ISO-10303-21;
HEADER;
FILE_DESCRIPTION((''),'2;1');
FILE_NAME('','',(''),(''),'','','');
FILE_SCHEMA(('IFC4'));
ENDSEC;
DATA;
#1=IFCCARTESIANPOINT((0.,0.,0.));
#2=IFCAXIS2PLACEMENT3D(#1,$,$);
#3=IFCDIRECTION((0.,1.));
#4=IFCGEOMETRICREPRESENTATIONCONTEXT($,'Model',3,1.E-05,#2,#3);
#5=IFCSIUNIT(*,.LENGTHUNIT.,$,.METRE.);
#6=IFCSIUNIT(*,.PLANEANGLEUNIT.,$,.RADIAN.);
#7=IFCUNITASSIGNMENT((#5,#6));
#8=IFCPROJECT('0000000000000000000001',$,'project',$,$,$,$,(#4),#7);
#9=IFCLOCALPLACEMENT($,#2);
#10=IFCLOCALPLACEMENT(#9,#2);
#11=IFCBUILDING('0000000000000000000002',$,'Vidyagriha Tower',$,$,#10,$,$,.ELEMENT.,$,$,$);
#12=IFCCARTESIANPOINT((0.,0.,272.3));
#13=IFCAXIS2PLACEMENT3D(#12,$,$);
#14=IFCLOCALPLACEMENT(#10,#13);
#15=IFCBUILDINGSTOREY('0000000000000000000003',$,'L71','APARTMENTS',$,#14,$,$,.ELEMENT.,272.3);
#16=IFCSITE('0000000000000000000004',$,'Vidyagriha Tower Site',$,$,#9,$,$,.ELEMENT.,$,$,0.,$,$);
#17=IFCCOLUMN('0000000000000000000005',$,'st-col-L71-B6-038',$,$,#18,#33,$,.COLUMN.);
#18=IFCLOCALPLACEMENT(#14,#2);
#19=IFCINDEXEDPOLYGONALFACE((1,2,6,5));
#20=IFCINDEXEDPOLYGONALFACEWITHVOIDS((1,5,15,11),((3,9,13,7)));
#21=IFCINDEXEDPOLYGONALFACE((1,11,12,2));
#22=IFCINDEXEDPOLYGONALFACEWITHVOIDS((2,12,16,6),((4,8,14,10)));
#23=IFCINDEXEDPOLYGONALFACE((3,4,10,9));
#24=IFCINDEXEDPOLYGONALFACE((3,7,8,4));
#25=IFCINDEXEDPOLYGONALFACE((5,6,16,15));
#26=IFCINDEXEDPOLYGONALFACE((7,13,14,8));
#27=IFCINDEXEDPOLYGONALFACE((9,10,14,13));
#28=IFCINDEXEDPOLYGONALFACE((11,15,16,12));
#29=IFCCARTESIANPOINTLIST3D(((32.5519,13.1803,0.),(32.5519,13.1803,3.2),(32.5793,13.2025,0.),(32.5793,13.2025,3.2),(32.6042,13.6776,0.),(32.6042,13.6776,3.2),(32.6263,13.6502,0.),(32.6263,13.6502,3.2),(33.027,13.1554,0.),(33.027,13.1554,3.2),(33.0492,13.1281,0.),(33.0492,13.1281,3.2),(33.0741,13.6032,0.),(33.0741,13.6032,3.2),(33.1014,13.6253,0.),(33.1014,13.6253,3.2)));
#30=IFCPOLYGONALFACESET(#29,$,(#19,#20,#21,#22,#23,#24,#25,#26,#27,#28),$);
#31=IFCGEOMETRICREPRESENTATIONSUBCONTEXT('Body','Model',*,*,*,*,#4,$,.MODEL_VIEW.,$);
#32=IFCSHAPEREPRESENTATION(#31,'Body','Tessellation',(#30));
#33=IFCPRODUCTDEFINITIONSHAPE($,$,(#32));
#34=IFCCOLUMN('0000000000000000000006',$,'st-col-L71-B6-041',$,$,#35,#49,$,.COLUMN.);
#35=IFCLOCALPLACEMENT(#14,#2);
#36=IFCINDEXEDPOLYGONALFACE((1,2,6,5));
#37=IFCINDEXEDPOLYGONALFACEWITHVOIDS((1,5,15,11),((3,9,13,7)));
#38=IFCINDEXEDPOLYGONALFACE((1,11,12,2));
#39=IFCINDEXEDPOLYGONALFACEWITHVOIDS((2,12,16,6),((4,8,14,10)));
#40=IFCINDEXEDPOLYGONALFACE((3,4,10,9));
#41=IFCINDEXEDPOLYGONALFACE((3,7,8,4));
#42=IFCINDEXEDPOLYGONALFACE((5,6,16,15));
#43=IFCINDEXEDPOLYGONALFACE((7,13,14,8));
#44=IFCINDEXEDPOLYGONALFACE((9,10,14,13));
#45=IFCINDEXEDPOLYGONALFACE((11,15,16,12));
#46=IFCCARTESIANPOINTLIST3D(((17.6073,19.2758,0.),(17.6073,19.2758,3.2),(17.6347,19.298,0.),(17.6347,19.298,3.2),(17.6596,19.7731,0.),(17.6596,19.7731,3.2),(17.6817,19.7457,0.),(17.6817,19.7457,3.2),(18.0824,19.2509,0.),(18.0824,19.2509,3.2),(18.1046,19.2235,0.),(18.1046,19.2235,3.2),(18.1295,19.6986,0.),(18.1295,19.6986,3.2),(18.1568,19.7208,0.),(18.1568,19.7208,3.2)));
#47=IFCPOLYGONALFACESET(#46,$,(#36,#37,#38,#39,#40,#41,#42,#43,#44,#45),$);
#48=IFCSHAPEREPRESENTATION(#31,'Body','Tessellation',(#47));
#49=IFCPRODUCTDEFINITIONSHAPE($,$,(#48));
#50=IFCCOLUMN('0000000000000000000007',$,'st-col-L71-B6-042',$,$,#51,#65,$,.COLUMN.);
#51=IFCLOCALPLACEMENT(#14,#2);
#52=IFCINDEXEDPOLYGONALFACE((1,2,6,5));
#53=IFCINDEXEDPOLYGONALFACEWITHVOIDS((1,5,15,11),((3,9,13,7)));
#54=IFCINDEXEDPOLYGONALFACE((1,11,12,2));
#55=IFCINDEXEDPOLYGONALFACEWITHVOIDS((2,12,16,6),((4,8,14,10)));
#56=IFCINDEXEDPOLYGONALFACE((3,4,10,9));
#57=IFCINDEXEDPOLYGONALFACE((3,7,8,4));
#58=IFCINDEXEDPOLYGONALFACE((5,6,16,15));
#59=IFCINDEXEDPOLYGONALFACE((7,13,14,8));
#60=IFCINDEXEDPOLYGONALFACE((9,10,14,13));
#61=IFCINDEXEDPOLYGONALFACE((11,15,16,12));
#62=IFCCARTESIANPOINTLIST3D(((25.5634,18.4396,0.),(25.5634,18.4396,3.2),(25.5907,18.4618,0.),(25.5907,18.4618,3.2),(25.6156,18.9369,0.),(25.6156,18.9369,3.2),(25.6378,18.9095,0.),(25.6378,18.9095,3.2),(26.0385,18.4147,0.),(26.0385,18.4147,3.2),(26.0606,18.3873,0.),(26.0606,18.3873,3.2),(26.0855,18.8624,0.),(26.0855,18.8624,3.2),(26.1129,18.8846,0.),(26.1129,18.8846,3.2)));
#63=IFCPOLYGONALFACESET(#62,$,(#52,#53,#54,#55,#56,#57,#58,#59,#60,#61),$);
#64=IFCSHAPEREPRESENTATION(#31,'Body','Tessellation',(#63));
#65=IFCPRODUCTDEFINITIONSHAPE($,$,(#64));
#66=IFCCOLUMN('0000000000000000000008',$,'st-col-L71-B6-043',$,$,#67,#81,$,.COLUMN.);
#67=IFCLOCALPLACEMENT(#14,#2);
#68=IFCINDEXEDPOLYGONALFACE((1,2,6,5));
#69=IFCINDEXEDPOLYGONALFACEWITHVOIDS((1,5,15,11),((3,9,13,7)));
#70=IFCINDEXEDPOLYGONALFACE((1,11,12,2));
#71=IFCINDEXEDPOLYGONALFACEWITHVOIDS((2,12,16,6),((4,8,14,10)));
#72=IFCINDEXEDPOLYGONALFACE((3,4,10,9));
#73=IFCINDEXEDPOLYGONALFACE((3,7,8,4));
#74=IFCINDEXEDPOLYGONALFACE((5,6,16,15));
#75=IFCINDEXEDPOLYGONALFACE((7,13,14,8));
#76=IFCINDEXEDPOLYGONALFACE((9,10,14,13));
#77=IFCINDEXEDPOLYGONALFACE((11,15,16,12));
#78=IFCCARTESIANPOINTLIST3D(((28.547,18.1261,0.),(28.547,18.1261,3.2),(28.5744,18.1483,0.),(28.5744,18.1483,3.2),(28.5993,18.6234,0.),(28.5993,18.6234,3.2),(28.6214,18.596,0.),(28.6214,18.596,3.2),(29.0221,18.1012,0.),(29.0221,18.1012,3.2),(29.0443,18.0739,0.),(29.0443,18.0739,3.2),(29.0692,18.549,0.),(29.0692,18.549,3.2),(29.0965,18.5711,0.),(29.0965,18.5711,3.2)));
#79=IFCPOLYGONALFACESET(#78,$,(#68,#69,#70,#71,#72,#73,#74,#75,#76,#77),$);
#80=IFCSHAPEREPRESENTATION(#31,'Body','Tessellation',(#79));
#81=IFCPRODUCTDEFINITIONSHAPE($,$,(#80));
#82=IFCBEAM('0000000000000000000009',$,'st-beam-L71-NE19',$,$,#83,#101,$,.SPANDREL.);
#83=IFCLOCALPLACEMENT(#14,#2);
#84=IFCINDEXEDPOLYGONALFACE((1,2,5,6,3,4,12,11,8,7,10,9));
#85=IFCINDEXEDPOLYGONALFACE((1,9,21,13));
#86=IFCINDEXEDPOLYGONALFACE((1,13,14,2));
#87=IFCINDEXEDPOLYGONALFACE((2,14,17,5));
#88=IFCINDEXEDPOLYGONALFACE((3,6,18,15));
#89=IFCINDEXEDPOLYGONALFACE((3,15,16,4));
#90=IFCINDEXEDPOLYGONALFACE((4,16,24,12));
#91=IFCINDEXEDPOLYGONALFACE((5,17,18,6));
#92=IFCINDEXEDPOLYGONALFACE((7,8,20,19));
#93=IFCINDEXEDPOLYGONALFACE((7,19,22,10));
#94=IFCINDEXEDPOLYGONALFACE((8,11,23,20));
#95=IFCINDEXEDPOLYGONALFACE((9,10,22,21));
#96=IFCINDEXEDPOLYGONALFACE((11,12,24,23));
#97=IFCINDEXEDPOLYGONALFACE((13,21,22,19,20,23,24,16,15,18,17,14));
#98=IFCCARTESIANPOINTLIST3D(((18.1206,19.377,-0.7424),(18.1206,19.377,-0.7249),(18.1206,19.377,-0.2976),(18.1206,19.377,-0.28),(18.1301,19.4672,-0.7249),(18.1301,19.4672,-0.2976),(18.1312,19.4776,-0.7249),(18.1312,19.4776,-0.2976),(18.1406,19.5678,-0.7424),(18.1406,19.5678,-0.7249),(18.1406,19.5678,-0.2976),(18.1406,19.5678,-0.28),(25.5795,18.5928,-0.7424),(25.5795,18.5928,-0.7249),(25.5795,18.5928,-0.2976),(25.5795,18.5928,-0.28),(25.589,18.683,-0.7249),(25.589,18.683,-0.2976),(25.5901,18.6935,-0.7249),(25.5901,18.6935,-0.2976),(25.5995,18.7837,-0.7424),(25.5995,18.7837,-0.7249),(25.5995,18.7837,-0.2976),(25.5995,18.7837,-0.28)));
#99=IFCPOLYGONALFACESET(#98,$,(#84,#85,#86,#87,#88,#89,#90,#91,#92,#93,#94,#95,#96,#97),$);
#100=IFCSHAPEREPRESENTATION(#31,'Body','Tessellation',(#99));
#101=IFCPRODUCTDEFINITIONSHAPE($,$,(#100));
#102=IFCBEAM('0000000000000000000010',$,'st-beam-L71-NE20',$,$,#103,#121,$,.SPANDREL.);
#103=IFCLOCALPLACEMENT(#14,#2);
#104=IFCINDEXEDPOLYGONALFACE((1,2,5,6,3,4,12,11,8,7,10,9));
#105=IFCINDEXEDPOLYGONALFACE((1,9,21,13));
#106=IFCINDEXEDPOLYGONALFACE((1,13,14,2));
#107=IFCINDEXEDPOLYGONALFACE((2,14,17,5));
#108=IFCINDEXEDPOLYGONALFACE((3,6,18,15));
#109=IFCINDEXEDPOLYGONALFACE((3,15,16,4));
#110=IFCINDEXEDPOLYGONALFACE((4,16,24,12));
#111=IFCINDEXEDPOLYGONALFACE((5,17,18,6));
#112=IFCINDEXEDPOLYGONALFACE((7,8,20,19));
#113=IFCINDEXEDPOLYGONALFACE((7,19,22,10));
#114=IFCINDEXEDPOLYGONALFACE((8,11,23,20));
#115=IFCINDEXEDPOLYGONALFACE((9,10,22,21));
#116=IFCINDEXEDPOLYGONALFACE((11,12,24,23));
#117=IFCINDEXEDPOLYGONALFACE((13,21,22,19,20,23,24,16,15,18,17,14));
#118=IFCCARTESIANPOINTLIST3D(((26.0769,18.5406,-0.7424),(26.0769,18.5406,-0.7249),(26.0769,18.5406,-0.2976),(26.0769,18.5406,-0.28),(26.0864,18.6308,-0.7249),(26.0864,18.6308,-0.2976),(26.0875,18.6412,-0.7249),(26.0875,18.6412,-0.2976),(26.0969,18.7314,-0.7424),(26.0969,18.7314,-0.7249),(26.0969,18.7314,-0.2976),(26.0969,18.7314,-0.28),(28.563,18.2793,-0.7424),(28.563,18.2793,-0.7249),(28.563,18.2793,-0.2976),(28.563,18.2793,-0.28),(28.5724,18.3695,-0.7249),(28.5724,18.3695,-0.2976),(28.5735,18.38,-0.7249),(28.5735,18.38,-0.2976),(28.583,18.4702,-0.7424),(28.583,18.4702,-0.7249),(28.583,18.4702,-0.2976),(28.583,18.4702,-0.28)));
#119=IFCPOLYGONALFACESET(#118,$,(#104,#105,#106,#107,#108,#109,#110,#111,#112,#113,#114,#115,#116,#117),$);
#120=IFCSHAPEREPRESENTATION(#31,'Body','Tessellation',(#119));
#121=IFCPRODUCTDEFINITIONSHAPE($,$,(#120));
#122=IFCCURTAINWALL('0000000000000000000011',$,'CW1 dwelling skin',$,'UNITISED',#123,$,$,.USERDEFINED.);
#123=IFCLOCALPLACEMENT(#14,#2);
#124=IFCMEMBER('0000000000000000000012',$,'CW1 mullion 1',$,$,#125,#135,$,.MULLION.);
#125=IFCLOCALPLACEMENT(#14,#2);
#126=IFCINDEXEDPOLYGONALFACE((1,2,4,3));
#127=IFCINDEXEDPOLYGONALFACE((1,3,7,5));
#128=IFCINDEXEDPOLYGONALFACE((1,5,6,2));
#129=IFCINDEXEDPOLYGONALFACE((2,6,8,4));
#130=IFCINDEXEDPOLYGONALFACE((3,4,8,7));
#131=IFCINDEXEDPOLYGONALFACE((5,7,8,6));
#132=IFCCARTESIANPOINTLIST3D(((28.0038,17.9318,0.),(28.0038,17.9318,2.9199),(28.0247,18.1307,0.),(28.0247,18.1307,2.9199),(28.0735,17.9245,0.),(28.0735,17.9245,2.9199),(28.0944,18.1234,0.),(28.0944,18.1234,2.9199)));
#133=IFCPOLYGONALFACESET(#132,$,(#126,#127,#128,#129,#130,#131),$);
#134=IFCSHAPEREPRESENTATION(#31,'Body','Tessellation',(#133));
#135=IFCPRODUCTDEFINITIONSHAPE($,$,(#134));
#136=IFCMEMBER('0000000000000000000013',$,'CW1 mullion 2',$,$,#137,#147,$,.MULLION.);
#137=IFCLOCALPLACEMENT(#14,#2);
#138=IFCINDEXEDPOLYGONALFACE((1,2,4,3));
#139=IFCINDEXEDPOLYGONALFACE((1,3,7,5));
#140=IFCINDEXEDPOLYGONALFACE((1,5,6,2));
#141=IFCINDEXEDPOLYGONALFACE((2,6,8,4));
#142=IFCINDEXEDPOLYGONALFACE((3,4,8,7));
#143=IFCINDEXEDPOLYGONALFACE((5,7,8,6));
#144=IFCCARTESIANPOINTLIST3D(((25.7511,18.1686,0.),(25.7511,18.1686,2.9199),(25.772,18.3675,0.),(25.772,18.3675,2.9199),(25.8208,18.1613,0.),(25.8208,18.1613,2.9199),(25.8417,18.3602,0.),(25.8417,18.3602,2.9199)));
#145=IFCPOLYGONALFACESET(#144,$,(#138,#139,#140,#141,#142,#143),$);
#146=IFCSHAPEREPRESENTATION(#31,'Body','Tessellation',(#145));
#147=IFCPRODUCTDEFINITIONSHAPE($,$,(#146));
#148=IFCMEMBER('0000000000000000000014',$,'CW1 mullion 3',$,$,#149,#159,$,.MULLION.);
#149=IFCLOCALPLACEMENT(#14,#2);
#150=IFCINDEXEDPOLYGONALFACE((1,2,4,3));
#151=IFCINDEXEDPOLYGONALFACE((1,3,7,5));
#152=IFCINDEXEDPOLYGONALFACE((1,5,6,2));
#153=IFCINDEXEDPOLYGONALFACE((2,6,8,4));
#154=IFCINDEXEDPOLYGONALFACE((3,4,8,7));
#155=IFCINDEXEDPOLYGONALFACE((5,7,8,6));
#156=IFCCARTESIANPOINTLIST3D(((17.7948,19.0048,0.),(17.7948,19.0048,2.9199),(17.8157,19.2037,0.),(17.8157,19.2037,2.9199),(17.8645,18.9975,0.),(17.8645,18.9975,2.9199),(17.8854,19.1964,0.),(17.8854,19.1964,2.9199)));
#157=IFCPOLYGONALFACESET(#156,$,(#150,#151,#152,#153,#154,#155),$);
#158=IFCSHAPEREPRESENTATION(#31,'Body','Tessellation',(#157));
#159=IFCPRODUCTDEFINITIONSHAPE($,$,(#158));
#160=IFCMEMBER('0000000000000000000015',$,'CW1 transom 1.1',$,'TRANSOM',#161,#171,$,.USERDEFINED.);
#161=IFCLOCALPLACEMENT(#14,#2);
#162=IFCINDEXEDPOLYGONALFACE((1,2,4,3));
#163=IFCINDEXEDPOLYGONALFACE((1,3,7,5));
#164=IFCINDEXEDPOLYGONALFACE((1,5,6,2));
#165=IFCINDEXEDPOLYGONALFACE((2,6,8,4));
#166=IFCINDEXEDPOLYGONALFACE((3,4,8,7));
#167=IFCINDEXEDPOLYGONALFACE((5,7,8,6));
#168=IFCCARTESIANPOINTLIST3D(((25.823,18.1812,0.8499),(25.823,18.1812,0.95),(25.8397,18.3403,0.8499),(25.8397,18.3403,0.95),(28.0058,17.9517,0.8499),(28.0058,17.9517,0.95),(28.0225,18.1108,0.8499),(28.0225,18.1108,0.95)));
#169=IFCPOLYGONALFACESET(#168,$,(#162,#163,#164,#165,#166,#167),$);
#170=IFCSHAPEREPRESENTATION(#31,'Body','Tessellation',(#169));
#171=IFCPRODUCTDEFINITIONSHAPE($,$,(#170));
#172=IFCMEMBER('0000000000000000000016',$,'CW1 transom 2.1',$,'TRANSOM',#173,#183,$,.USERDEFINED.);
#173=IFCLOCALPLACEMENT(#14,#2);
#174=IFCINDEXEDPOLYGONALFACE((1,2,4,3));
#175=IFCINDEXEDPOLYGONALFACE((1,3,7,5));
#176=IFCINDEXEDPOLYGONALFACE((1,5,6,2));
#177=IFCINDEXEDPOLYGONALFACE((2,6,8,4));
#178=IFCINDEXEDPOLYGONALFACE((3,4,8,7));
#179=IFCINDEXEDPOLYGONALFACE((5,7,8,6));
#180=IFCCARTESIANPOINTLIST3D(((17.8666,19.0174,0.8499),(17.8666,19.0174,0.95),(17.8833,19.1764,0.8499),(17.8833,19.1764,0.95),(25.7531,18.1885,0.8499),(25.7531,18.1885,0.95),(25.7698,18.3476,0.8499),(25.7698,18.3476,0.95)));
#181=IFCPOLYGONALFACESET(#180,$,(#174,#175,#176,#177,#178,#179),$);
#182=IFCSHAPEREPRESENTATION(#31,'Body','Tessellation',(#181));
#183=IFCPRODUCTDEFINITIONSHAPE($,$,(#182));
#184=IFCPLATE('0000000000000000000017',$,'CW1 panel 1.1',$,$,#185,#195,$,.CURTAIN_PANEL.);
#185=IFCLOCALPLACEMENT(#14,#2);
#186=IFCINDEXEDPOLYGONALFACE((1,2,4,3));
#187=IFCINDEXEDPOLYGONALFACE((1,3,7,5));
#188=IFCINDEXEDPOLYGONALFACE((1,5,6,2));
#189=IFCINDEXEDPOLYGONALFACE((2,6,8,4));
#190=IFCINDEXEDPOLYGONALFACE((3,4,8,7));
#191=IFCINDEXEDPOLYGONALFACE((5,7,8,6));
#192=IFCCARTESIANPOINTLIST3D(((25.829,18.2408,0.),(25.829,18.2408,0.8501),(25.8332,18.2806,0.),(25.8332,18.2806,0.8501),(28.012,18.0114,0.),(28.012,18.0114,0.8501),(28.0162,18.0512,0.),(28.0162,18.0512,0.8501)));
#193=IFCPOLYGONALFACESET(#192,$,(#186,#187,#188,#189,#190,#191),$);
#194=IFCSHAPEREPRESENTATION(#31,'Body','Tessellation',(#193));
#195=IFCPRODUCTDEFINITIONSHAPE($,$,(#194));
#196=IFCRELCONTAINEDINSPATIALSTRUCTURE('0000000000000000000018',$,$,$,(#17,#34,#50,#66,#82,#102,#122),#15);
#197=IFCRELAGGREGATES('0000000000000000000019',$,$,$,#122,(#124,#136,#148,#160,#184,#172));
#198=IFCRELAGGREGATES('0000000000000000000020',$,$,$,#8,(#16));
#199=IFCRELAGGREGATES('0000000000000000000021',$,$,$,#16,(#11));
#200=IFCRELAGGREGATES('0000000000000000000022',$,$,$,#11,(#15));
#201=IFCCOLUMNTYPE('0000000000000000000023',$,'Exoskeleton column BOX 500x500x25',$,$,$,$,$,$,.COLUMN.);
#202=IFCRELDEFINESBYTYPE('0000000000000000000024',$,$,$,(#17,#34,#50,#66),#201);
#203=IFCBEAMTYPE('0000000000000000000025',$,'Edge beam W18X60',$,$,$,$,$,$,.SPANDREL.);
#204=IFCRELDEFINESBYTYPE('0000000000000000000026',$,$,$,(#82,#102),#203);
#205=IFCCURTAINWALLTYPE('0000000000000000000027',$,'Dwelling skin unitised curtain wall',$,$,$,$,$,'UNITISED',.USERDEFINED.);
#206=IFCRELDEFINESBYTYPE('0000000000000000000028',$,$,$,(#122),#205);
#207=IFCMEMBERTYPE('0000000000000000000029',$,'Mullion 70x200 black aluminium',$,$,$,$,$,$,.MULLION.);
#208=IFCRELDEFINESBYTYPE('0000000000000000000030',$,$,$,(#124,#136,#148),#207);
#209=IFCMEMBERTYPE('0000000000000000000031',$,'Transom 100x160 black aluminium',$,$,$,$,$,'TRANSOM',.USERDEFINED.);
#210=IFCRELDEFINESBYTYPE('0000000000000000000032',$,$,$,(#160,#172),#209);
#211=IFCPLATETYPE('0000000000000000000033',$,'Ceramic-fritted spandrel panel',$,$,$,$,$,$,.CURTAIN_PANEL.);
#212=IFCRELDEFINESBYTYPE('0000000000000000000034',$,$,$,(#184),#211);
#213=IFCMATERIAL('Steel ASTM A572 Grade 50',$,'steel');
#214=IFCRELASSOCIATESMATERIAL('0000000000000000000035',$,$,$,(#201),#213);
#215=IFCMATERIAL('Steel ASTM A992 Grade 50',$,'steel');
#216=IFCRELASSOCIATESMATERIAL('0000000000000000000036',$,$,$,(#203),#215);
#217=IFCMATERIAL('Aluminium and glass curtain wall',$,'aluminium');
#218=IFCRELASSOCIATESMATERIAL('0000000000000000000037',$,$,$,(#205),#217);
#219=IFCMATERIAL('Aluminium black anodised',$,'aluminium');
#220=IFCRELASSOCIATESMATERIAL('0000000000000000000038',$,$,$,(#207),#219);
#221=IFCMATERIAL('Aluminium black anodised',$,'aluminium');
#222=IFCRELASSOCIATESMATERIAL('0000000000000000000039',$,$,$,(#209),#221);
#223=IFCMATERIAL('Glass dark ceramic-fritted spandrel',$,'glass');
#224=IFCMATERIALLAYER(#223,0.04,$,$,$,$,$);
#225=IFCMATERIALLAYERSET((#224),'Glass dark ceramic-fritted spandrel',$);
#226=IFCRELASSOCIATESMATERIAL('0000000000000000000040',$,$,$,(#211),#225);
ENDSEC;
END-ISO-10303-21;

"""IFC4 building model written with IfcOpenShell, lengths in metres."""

from ifc_helpers import new_model, si_unit, direction, frame, origin, origin_2d, place, context, subcontext, project, spatial, rectangle, hollow_rectangle, i_section, extrude, material, layer, layer_set, material_profile, profile_set, type_object, element, aggregate, save


model = new_model("IFC4")

# Units and contexts
model_context = context("Model", 3, precision=1e-05, world=origin(), true_north=direction((0.0, 1.0)))
body_context = subcontext(model_context, "Body", "Model", "MODEL_VIEW")
ifc_project = project(units=[si_unit("LENGTHUNIT", "METRE"), si_unit("PLANEANGLEUNIT", "RADIAN")], contexts=[model_context])

# Site, building, storey
site_placement = place(None, origin())
site = spatial("IfcSite", under=ifc_project, at=site_placement, Name="Vidyagriha Tower Site", CompositionType="ELEMENT", RefElevation=0.0)
building_placement = place(site_placement, origin())
building = spatial("IfcBuilding", under=site, at=building_placement, Name="Vidyagriha Tower", CompositionType="ELEMENT")
storey_placement = place(building_placement, frame((0.0, 0.0, 272.3)))
storey = spatial("IfcBuildingStorey", under=building, at=storey_placement, Name="L71", Description="APARTMENTS", CompositionType="ELEMENT", Elevation=272.3)

# Columns
ifc_material_1 = material(Name="Steel ASTM A572 Grade 50", Category="steel")
ifc_material_profile_1 = material_profile(ifc_material_1, hollow_rectangle(XDim=0.5, YDim=0.5, WallThickness=0.0249, at=origin_2d()), Name="BOX 500x500x25")
ifc_profile_set_1 = profile_set([ifc_material_profile_1], Name="Steel ASTM A572 Grade 50")
column_type = type_object("IfcColumnType", Name="Exoskeleton column BOX 500x500x25", PredefinedType="COLUMN", material=ifc_profile_set_1)
for number, where, z_axis, x_axis, name in (
    (1, (32.8267, 13.4028, 0.0), (0.0, 0.0, 1.0), (0.994522, -0.104528, 0.0), "st-col-L71-B6-038"),
    (2, (17.8821, 19.4983, 0.0), (0.0, 0.0, 1.0), (0.994522, -0.104528, 0.0), "st-col-L71-B6-041"),
    (3, (25.8381, 18.6621, 0.0), (0.0, 0.0, 1.0), (0.994522, -0.104528, 0.0), "st-col-L71-B6-042"),
    (4, (28.8218, 18.3486, 0.0), (0.0, 0.0, 1.0), (0.994522, -0.104528, 0.0), "st-col-L71-B6-043"),
):
    element("IfcColumn", number, at=place(storey_placement, frame(where, z_axis=z_axis, x_axis=x_axis)), inside=storey, type_object=column_type, Name=name, PredefinedType="COLUMN", context=body_context, shape_type="SweptSolid", body=[
        extrude(hollow_rectangle(XDim=0.5, YDim=0.5, WallThickness=0.0249, at=origin_2d()), origin(), (0.0, 0.0, 1.0), 3.2),
    ])

# Beams
ifc_material_2 = material(Name="Steel ASTM A992 Grade 50", Category="steel")
ifc_material_profile_2 = material_profile(ifc_material_2, i_section(OverallWidth=0.1919, OverallDepth=0.4624, WebThickness=0.0105, FlangeThickness=0.0176, at=origin_2d()), Name="W18X60")
ifc_profile_set_2 = profile_set([ifc_material_profile_2], Name="Steel ASTM A992 Grade 50")
beam_type = type_object("IfcBeamType", Name="Edge beam W18X60", PredefinedType="SPANDREL", material=ifc_profile_set_2)
beam_1_placement = place(storey_placement, frame((18.1306, 19.4724, -0.5112), z_axis=(0.994519, -0.104556, 0.0), x_axis=(0.104556, 0.994519, 0.0)))
element("IfcBeam", 5, at=beam_1_placement, inside=storey, type_object=beam_type, Name="st-beam-L71-NE19", PredefinedType="SPANDREL", context=body_context, shape_type="SweptSolid", body=[
    extrude(i_section(OverallWidth=0.1919, OverallDepth=0.4624, WebThickness=0.0105, FlangeThickness=0.0176, at=origin_2d()), origin(), (0.0, 0.0, 1.0), 7.5),
])
beam_2_placement = place(storey_placement, frame((26.0869, 18.636, -0.5112), z_axis=(0.994525, -0.104502, 0.0), x_axis=(0.104502, 0.994525, 0.0)))
element("IfcBeam", 6, at=beam_2_placement, inside=storey, type_object=beam_type, Name="st-beam-L71-NE20", PredefinedType="SPANDREL", context=body_context, shape_type="SweptSolid", body=[
    extrude(i_section(OverallWidth=0.1919, OverallDepth=0.4624, WebThickness=0.0105, FlangeThickness=0.0176, at=origin_2d()), origin(), (0.0, 0.0, 1.0), 2.4998),
])

# Curtain wall, members, plate
ifc_material_3 = material(Name="Aluminium and glass curtain wall", Category="aluminium")
curtain_wall_type = type_object("IfcCurtainWallType", Name="Dwelling skin unitised curtain wall", ElementType="UNITISED", PredefinedType="USERDEFINED", material=ifc_material_3)
curtain_wall_placement = place(storey_placement, origin())
curtain_wall = element("IfcCurtainWall", 7, at=curtain_wall_placement, inside=storey, type_object=curtain_wall_type, Name="CW1 dwelling skin", ObjectType="UNITISED", PredefinedType="USERDEFINED")
ifc_material_4 = material(Name="Aluminium black anodised", Category="aluminium")
ifc_material_profile_3 = material_profile(ifc_material_4, rectangle(XDim=0.2, YDim=0.0701, at=origin_2d()), Name="Mullion 70x200 black aluminium")
ifc_profile_set_3 = profile_set([ifc_material_profile_3], Name="Aluminium black anodised")
member_type_1 = type_object("IfcMemberType", Name="Mullion 70x200 black aluminium", PredefinedType="MULLION", material=ifc_profile_set_3)
member_1_placement = place(storey_placement, frame((28.0491, 18.0276, 0.0), z_axis=(0.0, 0.0, 1.0), x_axis=(-0.104529, -0.994522, 0.0)))
member_1 = element("IfcMember", 8, at=member_1_placement, type_object=member_type_1, Name="CW1 mullion 1", PredefinedType="MULLION", context=body_context, shape_type="SweptSolid", body=[
    extrude(rectangle(XDim=0.2, YDim=0.0701, at=origin_2d()), origin(), (0.0, 0.0, 1.0), 2.9199),
])
member_2_placement = place(storey_placement, frame((25.7964, 18.2644, 0.0), z_axis=(0.0, 0.0, 1.0), x_axis=(-0.104529, -0.994522, 0.0)))
member_2 = element("IfcMember", 9, at=member_2_placement, type_object=member_type_1, Name="CW1 mullion 2", PredefinedType="MULLION", context=body_context, shape_type="SweptSolid", body=[
    extrude(rectangle(XDim=0.2, YDim=0.0701, at=origin_2d()), origin(), (0.0, 0.0, 1.0), 2.9199),
])
member_3_placement = place(storey_placement, frame((17.8401, 19.1006, 0.0), z_axis=(0.0, 0.0, 1.0), x_axis=(-0.104529, -0.994522, 0.0)))
member_3 = element("IfcMember", 10, at=member_3_placement, type_object=member_type_1, Name="CW1 mullion 3", PredefinedType="MULLION", context=body_context, shape_type="SweptSolid", body=[
    extrude(rectangle(XDim=0.2, YDim=0.0701, at=origin_2d()), origin(), (0.0, 0.0, 1.0), 2.9199),
])
ifc_material_5 = material(Name="Aluminium black anodised", Category="aluminium")
ifc_material_profile_4 = material_profile(ifc_material_5, rectangle(XDim=0.1599, YDim=0.1001, at=origin_2d()), Name="Transom 100x160 black aluminium")
ifc_profile_set_4 = profile_set([ifc_material_profile_4], Name="Aluminium black anodised")
member_type_2 = type_object("IfcMemberType", Name="Transom 100x160 black aluminium", ElementType="TRANSOM", PredefinedType="USERDEFINED", material=ifc_profile_set_4)
member_4_placement = place(storey_placement, frame((28.0142, 18.0312, 0.8999), z_axis=(-0.994519, 0.104557, 0.0), x_axis=(-0.104557, -0.994519, 0.0)))
member_4 = element("IfcMember", 11, at=member_4_placement, type_object=member_type_2, Name="CW1 transom 1.1", ObjectType="TRANSOM", PredefinedType="USERDEFINED", context=body_context, shape_type="SweptSolid", body=[
    extrude(rectangle(XDim=0.1599, YDim=0.1001, at=origin_2d()), origin(), (0.0, 0.0, 1.0), 2.1948),
])
member_5_placement = place(storey_placement, frame((25.7615, 18.2681, 0.8999), z_axis=(-0.994522, 0.104523, 0.0), x_axis=(-0.104523, -0.994522, 0.0)))
member_5 = element("IfcMember", 12, at=member_5_placement, type_object=member_type_2, Name="CW1 transom 2.1", ObjectType="TRANSOM", PredefinedType="USERDEFINED", context=body_context, shape_type="SweptSolid", body=[
    extrude(rectangle(XDim=0.1599, YDim=0.1001, at=origin_2d()), origin(), (0.0, 0.0, 1.0), 7.9299),
])
ifc_material_6 = material(Name="Glass dark ceramic-fritted spandrel", Category="glass")
ifc_layer_1 = layer(ifc_material_6, 0.04)
ifc_layer_set_1 = layer_set([ifc_layer_1], Name="Glass dark ceramic-fritted spandrel")
plate_type_1 = type_object("IfcPlateType", Name="Ceramic-fritted spandrel panel", PredefinedType="CURTAIN_PANEL", material=ifc_layer_set_1)
plate_1_placement = place(storey_placement, frame((26.9226, 18.146, 0.0), z_axis=(0.0, 0.0, 1.0), x_axis=(-0.994522, 0.104529, 0.0)))
plate_1 = element("IfcPlate", 13, at=plate_1_placement, type_object=plate_type_1, Name="CW1 panel 1.1", PredefinedType="CURTAIN_PANEL", context=body_context, shape_type="SweptSolid", body=[
    extrude(rectangle(XDim=2.1951, YDim=0.04, at=origin_2d()), origin(), (0.0, 0.0, 1.0), 0.8501),
])
aggregate(curtain_wall, [member_1, member_2, member_3, member_4, plate_1, member_5])

save(model, "model.ifc")
